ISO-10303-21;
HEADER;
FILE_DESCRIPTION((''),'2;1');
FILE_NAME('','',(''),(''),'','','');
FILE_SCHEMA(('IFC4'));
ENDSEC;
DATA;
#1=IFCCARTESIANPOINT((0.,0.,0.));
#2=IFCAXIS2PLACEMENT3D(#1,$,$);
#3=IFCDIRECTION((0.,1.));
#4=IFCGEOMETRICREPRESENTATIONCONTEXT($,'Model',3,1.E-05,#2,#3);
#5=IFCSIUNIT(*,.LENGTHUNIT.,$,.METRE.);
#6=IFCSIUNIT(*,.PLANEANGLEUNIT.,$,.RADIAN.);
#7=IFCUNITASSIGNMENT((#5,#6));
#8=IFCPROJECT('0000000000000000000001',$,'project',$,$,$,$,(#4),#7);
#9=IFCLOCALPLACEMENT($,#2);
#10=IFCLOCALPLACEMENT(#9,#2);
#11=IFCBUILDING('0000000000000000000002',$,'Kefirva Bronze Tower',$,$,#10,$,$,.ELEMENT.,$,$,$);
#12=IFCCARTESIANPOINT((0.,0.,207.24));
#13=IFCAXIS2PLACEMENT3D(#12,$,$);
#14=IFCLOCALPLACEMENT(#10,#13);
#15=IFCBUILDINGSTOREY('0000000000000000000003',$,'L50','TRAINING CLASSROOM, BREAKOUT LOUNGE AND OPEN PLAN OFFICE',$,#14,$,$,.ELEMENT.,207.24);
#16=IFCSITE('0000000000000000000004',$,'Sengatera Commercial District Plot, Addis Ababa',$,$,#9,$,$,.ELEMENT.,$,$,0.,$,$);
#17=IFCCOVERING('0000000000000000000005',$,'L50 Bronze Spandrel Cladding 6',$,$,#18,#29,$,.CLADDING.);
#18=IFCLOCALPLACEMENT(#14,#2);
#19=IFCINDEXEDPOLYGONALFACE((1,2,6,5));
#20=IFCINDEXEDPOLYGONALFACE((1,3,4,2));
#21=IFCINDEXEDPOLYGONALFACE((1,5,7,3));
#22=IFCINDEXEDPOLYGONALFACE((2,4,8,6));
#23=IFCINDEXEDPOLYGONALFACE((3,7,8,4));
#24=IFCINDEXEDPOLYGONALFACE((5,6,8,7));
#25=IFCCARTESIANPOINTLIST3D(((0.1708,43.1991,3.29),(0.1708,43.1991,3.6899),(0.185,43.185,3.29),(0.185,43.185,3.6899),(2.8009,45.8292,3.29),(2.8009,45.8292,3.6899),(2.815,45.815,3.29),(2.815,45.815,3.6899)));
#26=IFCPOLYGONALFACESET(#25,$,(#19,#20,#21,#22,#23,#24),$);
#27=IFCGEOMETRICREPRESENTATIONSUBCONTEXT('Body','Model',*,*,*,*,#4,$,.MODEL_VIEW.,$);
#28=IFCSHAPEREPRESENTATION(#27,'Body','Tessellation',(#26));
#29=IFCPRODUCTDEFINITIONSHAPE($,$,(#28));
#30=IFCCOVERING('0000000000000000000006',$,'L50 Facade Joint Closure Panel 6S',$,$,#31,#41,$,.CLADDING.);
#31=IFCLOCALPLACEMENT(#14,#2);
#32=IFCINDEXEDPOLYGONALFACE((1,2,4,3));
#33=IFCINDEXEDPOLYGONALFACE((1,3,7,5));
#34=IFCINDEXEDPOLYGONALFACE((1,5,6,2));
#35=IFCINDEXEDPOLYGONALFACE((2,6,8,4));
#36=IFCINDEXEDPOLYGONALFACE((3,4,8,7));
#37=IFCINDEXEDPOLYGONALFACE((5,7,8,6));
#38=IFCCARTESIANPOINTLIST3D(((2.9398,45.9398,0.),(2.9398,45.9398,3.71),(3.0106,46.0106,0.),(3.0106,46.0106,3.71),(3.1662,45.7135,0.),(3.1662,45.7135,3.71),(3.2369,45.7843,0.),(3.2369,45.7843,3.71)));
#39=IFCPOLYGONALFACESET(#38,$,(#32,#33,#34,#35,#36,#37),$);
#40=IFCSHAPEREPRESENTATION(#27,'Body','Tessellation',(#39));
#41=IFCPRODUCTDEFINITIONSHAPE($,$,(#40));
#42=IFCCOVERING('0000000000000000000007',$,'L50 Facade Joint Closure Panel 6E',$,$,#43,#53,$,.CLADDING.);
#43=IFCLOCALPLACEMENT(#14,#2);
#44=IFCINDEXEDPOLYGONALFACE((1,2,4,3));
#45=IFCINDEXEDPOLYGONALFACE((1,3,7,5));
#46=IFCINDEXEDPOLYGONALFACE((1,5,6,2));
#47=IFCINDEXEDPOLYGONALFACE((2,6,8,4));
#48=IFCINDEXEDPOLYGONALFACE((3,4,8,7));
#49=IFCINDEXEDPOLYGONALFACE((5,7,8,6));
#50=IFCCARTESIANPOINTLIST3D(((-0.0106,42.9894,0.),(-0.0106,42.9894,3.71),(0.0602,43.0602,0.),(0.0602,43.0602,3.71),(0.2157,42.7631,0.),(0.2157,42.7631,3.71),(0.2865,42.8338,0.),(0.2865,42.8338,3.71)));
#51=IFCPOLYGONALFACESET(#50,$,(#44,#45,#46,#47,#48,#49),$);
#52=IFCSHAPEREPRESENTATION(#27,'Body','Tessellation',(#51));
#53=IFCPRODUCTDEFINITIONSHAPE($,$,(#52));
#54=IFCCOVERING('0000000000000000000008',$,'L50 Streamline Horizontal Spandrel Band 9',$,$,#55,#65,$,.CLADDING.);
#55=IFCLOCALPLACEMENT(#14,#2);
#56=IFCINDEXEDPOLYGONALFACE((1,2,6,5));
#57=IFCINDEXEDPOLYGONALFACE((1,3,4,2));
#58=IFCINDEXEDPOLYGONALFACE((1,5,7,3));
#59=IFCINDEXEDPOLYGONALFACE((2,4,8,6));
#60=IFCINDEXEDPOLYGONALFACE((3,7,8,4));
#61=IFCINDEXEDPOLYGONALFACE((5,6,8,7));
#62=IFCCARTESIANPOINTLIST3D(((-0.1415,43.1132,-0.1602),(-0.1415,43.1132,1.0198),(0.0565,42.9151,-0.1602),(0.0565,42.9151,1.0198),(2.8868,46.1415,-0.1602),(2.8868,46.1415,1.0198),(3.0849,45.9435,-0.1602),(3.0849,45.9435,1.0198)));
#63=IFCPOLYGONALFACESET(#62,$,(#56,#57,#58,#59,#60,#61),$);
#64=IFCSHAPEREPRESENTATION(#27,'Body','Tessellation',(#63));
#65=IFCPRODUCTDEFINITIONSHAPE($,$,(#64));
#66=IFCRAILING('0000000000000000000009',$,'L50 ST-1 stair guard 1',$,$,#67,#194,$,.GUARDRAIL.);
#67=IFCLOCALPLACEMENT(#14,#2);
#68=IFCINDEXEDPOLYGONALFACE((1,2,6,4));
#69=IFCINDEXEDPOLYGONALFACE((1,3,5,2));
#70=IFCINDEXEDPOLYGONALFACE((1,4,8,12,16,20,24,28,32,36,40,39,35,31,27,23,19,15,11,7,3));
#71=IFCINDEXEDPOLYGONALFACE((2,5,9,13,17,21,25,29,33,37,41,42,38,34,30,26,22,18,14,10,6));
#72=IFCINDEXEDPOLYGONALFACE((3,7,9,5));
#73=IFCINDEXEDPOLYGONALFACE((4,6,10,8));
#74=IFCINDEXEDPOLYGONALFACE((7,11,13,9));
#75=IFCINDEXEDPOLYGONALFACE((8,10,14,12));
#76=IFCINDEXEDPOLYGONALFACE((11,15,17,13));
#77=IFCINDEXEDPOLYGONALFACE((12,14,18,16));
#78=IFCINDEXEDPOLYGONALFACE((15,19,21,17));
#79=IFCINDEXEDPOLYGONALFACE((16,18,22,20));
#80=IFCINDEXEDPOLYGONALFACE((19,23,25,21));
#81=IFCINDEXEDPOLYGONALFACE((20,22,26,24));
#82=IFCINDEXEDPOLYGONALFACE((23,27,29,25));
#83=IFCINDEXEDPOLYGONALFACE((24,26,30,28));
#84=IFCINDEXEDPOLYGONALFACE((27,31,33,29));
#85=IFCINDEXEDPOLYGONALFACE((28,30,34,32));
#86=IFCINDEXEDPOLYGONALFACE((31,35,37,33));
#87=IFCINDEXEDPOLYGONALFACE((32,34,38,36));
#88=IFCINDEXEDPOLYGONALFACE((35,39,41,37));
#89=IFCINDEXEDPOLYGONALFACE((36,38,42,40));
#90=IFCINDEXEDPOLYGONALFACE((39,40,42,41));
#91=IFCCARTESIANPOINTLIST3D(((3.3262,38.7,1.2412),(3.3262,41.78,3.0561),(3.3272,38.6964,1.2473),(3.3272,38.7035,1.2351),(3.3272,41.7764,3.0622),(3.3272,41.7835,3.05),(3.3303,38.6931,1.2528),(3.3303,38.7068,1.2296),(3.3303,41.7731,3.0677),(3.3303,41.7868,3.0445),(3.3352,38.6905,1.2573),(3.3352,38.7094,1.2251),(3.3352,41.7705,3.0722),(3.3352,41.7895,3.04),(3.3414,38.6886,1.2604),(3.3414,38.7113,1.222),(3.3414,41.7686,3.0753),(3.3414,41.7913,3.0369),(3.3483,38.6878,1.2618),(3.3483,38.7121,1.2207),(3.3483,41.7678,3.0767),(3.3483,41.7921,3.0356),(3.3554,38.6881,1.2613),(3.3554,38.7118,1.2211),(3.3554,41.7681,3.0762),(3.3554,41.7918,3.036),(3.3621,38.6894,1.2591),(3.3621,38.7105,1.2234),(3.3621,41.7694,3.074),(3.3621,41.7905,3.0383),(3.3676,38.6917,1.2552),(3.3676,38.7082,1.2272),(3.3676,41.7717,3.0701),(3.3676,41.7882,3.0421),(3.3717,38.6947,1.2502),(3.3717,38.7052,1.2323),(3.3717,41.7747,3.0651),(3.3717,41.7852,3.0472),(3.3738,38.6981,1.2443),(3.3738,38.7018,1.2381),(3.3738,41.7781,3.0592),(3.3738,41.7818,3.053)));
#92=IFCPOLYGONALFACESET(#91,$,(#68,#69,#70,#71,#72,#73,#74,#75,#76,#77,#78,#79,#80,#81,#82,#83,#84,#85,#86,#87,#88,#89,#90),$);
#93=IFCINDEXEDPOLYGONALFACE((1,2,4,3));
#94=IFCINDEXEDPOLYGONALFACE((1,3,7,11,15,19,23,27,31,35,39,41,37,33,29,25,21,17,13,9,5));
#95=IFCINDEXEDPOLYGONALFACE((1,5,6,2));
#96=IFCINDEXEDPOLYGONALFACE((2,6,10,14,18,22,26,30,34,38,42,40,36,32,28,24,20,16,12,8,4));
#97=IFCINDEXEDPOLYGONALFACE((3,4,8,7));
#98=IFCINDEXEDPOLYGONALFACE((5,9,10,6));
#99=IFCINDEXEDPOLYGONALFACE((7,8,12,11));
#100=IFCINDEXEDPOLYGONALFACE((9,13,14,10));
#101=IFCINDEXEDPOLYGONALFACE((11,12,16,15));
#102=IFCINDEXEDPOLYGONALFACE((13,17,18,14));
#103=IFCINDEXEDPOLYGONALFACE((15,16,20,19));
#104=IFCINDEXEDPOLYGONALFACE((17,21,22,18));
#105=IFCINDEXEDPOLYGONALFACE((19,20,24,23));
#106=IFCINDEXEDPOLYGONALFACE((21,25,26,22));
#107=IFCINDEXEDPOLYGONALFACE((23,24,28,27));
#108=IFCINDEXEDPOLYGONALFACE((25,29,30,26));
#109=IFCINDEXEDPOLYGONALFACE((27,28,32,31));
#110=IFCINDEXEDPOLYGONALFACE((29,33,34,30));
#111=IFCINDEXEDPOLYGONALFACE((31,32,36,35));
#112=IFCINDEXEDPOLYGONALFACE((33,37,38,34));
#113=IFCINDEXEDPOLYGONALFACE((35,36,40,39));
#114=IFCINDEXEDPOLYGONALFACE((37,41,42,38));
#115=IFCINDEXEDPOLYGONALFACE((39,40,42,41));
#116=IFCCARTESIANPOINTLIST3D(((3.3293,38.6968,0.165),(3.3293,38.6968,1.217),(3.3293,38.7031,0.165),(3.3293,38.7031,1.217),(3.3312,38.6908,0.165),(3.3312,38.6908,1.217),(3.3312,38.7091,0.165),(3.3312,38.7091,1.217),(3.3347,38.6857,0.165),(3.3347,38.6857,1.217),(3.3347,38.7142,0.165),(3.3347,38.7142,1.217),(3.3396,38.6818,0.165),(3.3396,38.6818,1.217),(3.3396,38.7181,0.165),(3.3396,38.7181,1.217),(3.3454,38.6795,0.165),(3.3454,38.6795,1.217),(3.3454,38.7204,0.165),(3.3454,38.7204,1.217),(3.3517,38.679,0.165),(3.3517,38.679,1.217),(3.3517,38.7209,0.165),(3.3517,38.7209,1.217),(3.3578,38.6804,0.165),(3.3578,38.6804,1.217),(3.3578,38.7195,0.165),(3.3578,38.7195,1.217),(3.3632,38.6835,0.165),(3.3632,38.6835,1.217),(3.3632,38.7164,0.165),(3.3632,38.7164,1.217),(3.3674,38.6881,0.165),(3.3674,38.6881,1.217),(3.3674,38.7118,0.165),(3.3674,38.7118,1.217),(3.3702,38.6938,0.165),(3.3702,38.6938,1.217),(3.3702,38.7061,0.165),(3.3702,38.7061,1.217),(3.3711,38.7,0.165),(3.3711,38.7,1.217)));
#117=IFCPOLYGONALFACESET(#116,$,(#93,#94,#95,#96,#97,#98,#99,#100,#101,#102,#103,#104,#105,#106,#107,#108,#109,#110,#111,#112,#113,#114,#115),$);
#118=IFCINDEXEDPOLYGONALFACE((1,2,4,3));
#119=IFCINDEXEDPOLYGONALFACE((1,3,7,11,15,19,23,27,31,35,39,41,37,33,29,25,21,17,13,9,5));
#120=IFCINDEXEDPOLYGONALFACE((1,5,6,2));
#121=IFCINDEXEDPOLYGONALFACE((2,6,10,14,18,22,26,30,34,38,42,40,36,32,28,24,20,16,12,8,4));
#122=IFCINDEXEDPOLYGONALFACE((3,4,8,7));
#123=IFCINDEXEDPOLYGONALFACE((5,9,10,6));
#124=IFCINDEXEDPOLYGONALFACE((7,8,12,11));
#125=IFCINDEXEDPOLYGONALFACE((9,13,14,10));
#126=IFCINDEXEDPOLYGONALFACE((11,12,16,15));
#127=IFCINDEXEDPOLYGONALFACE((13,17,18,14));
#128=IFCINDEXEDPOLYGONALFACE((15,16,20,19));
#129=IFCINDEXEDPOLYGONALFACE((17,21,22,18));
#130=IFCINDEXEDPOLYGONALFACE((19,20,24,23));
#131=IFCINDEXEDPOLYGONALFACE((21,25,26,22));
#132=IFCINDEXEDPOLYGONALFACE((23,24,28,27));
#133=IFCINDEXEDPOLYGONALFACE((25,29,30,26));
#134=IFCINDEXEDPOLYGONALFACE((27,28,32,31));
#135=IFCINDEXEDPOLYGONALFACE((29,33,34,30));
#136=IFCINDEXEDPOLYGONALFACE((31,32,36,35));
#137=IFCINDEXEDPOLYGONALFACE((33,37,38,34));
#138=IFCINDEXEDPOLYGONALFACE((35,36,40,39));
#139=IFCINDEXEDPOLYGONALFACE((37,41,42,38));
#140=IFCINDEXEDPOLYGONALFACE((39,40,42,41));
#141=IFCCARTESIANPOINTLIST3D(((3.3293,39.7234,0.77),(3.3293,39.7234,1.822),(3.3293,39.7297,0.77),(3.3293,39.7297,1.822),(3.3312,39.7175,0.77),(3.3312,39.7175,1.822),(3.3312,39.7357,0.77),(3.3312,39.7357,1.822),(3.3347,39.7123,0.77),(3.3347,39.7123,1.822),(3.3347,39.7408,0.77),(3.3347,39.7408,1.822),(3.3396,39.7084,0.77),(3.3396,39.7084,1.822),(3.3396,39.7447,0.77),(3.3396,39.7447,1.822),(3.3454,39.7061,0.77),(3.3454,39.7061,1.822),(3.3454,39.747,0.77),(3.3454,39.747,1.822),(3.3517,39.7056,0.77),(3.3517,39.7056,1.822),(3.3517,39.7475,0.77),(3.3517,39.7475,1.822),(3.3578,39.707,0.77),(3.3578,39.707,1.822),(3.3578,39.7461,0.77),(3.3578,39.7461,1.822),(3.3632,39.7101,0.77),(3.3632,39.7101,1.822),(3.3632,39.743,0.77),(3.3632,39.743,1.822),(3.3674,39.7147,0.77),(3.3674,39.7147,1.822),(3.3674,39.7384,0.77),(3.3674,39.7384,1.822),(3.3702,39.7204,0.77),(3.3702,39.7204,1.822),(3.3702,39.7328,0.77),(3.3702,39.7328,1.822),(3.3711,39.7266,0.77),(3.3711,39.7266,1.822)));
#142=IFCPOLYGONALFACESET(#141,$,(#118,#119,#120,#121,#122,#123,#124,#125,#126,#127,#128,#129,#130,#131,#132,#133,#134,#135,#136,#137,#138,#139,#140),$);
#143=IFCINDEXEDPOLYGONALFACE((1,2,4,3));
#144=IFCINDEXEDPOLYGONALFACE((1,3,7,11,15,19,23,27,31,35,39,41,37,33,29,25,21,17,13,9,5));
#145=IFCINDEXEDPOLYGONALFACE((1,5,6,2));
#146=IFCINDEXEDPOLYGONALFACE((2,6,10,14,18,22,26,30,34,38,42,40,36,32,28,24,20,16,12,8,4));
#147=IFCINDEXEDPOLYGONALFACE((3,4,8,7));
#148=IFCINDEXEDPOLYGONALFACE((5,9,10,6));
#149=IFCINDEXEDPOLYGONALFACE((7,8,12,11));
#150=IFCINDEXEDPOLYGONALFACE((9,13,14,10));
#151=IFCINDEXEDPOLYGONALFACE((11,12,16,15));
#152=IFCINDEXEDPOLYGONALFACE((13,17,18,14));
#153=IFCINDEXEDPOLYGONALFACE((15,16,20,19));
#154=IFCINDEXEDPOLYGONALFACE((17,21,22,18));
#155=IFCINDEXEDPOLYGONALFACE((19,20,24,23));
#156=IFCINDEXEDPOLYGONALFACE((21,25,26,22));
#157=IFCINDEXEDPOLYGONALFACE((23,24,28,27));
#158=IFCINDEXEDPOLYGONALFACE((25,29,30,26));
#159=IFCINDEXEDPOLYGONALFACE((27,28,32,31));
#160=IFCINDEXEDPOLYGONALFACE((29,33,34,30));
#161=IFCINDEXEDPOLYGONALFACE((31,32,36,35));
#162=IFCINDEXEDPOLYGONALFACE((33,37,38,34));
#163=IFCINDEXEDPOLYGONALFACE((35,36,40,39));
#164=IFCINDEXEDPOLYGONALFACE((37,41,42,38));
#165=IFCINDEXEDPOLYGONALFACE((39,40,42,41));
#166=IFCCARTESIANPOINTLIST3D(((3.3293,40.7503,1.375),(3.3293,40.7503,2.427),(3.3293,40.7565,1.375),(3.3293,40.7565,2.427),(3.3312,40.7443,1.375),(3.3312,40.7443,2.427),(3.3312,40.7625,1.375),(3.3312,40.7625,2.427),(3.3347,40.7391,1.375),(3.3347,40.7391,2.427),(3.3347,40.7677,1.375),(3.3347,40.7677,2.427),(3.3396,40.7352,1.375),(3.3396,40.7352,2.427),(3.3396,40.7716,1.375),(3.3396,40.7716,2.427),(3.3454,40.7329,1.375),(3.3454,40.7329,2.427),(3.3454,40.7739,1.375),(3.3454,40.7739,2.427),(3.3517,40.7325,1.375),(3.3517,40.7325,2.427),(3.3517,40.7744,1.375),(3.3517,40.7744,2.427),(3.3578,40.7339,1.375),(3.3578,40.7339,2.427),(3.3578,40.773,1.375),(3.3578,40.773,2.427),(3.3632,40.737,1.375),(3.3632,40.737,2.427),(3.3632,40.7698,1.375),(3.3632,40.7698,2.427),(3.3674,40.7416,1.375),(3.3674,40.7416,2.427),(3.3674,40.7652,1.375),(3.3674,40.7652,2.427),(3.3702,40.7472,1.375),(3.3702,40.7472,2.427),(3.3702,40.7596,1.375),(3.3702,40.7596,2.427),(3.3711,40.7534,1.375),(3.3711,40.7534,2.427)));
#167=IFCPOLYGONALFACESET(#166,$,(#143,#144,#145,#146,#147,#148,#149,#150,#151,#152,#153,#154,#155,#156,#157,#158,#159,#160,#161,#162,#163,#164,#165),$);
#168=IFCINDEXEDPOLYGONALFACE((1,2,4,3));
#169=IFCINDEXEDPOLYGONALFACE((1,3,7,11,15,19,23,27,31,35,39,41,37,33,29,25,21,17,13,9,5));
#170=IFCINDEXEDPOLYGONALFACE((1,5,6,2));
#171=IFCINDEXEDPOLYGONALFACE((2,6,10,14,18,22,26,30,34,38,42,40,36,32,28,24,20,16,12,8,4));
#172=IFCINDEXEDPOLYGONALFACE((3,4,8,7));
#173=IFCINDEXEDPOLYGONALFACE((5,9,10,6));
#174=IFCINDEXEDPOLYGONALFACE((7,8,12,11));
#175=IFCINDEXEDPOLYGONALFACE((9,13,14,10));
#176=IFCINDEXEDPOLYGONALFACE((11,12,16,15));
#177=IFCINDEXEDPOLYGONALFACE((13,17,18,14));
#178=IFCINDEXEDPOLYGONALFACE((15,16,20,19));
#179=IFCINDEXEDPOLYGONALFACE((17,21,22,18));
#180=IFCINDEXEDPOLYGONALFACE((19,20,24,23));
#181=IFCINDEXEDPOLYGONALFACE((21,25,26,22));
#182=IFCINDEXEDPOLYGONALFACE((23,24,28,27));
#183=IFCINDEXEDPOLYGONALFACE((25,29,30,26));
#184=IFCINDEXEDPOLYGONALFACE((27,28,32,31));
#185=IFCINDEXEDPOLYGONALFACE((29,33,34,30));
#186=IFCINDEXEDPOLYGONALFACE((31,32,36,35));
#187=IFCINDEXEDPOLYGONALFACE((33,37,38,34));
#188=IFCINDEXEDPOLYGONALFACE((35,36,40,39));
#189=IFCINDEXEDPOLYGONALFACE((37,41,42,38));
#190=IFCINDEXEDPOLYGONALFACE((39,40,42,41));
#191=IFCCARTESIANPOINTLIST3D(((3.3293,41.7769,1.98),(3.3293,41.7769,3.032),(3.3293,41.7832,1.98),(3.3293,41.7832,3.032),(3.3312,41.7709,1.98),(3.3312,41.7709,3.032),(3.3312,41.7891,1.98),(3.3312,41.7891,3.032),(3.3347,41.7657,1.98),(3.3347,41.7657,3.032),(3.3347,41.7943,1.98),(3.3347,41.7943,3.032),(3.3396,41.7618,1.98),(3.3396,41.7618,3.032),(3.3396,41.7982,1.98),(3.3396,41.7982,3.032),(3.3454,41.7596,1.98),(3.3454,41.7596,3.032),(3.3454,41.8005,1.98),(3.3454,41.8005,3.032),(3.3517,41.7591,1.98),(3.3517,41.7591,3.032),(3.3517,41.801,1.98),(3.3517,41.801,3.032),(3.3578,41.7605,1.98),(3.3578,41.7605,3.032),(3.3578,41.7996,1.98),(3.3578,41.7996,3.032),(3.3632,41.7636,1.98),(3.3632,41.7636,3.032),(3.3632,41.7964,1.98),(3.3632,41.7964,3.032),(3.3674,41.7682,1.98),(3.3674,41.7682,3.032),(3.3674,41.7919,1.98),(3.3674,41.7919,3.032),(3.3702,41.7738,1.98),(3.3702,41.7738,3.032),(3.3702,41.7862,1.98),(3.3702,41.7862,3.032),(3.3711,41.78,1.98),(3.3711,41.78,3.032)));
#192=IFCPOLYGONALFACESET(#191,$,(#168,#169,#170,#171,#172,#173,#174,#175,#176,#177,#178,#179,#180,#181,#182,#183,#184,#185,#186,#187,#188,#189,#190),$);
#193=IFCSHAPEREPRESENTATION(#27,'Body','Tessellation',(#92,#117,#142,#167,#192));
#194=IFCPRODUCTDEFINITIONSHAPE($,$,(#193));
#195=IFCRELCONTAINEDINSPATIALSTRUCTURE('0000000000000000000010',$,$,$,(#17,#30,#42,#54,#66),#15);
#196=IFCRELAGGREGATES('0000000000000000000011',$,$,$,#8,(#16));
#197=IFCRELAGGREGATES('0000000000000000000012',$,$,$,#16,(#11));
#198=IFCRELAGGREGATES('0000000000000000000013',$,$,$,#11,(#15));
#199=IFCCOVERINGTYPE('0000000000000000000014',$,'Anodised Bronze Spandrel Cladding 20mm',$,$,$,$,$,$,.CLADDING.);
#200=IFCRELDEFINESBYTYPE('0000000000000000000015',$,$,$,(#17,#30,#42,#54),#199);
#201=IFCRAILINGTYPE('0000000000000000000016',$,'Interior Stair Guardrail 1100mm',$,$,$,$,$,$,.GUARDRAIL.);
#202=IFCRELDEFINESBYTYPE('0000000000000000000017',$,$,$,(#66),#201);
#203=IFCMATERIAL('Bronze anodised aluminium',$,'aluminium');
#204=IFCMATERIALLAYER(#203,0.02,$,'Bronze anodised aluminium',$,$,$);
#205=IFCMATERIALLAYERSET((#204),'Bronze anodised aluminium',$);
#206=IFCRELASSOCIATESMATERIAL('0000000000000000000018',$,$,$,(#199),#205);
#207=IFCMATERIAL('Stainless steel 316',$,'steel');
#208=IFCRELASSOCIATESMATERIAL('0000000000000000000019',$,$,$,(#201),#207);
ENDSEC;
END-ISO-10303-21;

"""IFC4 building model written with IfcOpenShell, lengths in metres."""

from ifc_helpers import new_model, si_unit, direction, frame, origin, origin_2d, place, context, subcontext, project, spatial, rectangle, circle, extrude, material, layer, layer_set, type_object, element, save


model = new_model("IFC4")

# Units and contexts
model_context = context("Model", 3, precision=1e-05, world=origin(), true_north=direction((0.0, 1.0)))
body_context = subcontext(model_context, "Body", "Model", "MODEL_VIEW")
ifc_project = project(units=[si_unit("LENGTHUNIT", "METRE"), si_unit("PLANEANGLEUNIT", "RADIAN")], contexts=[model_context])

# Site, building, storey
site_placement = place(None, origin())
site = spatial("IfcSite", under=ifc_project, at=site_placement, Name="Sengatera Commercial District Plot, Addis Ababa", CompositionType="ELEMENT", RefElevation=0.0)
building_placement = place(site_placement, origin())
building = spatial("IfcBuilding", under=site, at=building_placement, Name="Kefirva Bronze Tower", CompositionType="ELEMENT")
storey_placement = place(building_placement, frame((0.0, 0.0, 207.24)))
storey = spatial("IfcBuildingStorey", under=building, at=storey_placement, Name="L50", Description="TRAINING CLASSROOM, BREAKOUT LOUNGE AND OPEN PLAN OFFICE", CompositionType="ELEMENT", Elevation=207.24)

# Shared definitions
ifc_material_1 = material(Name="Bronze anodised aluminium", Category="aluminium")

# Coverings
ifc_layer_1 = layer(ifc_material_1, 0.02, Name="Bronze anodised aluminium")
ifc_layer_set_1 = layer_set([ifc_layer_1], Name="Bronze anodised aluminium")
covering_type_1 = type_object("IfcCoveringType", Name="Anodised Bronze Spandrel Cladding 20mm", PredefinedType="CLADDING", material=ifc_layer_set_1)
covering_1_placement = place(storey_placement, frame((1.4929, 44.5071, 3.29), z_axis=(0.0, 0.0, 1.0), x_axis=(-0.707107, -0.707107, 0.0)))
element("IfcCovering", 1, at=covering_1_placement, inside=storey, type_object=covering_type_1, Name="L50 Bronze Spandrel Cladding 6", PredefinedType="CLADDING", context=body_context, shape_type="SweptSolid", body=[
    extrude(rectangle(XDim=3.7195, YDim=0.02, at=origin_2d()), origin(), (0.0, 0.0, 1.0), 0.3999),
])
for number, where, z_axis, x_axis, name in (
    (2, (3.0884, 45.8621, 0.0), (0.0, 0.0, 1.0), (-0.707107, -0.707107, 0.0), "L50 Facade Joint Closure Panel 6S"),
    (3, (0.1379, 42.9116, 0.0), (0.0, 0.0, 1.0), (-0.707107, -0.707107, 0.0), "L50 Facade Joint Closure Panel 6E"),
):
    element("IfcCovering", number, at=place(storey_placement, frame(where, z_axis=z_axis, x_axis=x_axis)), inside=storey, type_object=covering_type_1, Name=name, PredefinedType="CLADDING", context=body_context, shape_type="SweptSolid", body=[
        extrude(rectangle(XDim=0.1001, YDim=0.3201, at=origin_2d()), origin(), (0.0, 0.0, 1.0), 3.71),
    ])
covering_2_placement = place(storey_placement, frame((1.4717, 44.5283, -0.1602), z_axis=(0.0, 0.0, 1.0), x_axis=(-0.707107, -0.707107, 0.0)))
element("IfcCovering", 4, at=covering_2_placement, inside=storey, type_object=covering_type_1, Name="L50 Streamline Horizontal Spandrel Band 9", PredefinedType="CLADDING", context=body_context, shape_type="SweptSolid", body=[
    extrude(rectangle(XDim=4.2827, YDim=0.28, at=origin_2d()), origin(), (0.0, 0.0, 1.0), 1.1799),
])

# Railing
ifc_material_2 = material(Name="Stainless steel 316", Category="steel")
railing_type_1 = type_object("IfcRailingType", Name="Interior Stair Guardrail 1100mm", PredefinedType="GUARDRAIL", material=ifc_material_2)
railing_1_placement = place(storey_placement, frame((3.3501, 38.7, 0.165)))
element("IfcRailing", 5, at=railing_1_placement, inside=storey, type_object=railing_type_1, Name="L50 ST-1 stair guard 1", PredefinedType="GUARDRAIL", context=body_context, shape_type="SweptSolid", body=[
    extrude(circle(Radius=0.0239, at=origin_2d()), frame((0.0, 0.0, 1.0762), z_axis=(0.0, 0.861551, 0.507671), x_axis=(-1.0, 0.0, 0.0)), (0.0, 0.0, 1.0), 3.575),
    extrude(circle(Radius=0.021, at=origin_2d()), origin(), (0.0, 0.0, 1.0), 1.052),
    extrude(circle(Radius=0.021, at=origin_2d()), frame((0.0, 1.0266, 0.605)), (0.0, 0.0, 1.0), 1.052),
    extrude(circle(Radius=0.021, at=origin_2d()), frame((0.0, 2.0535, 1.21)), (0.0, 0.0, 1.0), 1.052),
    extrude(circle(Radius=0.021, at=origin_2d()), frame((0.0, 3.0801, 1.8149)), (0.0, 0.0, 1.0), 1.052),
])

save(model, "model.ifc")
